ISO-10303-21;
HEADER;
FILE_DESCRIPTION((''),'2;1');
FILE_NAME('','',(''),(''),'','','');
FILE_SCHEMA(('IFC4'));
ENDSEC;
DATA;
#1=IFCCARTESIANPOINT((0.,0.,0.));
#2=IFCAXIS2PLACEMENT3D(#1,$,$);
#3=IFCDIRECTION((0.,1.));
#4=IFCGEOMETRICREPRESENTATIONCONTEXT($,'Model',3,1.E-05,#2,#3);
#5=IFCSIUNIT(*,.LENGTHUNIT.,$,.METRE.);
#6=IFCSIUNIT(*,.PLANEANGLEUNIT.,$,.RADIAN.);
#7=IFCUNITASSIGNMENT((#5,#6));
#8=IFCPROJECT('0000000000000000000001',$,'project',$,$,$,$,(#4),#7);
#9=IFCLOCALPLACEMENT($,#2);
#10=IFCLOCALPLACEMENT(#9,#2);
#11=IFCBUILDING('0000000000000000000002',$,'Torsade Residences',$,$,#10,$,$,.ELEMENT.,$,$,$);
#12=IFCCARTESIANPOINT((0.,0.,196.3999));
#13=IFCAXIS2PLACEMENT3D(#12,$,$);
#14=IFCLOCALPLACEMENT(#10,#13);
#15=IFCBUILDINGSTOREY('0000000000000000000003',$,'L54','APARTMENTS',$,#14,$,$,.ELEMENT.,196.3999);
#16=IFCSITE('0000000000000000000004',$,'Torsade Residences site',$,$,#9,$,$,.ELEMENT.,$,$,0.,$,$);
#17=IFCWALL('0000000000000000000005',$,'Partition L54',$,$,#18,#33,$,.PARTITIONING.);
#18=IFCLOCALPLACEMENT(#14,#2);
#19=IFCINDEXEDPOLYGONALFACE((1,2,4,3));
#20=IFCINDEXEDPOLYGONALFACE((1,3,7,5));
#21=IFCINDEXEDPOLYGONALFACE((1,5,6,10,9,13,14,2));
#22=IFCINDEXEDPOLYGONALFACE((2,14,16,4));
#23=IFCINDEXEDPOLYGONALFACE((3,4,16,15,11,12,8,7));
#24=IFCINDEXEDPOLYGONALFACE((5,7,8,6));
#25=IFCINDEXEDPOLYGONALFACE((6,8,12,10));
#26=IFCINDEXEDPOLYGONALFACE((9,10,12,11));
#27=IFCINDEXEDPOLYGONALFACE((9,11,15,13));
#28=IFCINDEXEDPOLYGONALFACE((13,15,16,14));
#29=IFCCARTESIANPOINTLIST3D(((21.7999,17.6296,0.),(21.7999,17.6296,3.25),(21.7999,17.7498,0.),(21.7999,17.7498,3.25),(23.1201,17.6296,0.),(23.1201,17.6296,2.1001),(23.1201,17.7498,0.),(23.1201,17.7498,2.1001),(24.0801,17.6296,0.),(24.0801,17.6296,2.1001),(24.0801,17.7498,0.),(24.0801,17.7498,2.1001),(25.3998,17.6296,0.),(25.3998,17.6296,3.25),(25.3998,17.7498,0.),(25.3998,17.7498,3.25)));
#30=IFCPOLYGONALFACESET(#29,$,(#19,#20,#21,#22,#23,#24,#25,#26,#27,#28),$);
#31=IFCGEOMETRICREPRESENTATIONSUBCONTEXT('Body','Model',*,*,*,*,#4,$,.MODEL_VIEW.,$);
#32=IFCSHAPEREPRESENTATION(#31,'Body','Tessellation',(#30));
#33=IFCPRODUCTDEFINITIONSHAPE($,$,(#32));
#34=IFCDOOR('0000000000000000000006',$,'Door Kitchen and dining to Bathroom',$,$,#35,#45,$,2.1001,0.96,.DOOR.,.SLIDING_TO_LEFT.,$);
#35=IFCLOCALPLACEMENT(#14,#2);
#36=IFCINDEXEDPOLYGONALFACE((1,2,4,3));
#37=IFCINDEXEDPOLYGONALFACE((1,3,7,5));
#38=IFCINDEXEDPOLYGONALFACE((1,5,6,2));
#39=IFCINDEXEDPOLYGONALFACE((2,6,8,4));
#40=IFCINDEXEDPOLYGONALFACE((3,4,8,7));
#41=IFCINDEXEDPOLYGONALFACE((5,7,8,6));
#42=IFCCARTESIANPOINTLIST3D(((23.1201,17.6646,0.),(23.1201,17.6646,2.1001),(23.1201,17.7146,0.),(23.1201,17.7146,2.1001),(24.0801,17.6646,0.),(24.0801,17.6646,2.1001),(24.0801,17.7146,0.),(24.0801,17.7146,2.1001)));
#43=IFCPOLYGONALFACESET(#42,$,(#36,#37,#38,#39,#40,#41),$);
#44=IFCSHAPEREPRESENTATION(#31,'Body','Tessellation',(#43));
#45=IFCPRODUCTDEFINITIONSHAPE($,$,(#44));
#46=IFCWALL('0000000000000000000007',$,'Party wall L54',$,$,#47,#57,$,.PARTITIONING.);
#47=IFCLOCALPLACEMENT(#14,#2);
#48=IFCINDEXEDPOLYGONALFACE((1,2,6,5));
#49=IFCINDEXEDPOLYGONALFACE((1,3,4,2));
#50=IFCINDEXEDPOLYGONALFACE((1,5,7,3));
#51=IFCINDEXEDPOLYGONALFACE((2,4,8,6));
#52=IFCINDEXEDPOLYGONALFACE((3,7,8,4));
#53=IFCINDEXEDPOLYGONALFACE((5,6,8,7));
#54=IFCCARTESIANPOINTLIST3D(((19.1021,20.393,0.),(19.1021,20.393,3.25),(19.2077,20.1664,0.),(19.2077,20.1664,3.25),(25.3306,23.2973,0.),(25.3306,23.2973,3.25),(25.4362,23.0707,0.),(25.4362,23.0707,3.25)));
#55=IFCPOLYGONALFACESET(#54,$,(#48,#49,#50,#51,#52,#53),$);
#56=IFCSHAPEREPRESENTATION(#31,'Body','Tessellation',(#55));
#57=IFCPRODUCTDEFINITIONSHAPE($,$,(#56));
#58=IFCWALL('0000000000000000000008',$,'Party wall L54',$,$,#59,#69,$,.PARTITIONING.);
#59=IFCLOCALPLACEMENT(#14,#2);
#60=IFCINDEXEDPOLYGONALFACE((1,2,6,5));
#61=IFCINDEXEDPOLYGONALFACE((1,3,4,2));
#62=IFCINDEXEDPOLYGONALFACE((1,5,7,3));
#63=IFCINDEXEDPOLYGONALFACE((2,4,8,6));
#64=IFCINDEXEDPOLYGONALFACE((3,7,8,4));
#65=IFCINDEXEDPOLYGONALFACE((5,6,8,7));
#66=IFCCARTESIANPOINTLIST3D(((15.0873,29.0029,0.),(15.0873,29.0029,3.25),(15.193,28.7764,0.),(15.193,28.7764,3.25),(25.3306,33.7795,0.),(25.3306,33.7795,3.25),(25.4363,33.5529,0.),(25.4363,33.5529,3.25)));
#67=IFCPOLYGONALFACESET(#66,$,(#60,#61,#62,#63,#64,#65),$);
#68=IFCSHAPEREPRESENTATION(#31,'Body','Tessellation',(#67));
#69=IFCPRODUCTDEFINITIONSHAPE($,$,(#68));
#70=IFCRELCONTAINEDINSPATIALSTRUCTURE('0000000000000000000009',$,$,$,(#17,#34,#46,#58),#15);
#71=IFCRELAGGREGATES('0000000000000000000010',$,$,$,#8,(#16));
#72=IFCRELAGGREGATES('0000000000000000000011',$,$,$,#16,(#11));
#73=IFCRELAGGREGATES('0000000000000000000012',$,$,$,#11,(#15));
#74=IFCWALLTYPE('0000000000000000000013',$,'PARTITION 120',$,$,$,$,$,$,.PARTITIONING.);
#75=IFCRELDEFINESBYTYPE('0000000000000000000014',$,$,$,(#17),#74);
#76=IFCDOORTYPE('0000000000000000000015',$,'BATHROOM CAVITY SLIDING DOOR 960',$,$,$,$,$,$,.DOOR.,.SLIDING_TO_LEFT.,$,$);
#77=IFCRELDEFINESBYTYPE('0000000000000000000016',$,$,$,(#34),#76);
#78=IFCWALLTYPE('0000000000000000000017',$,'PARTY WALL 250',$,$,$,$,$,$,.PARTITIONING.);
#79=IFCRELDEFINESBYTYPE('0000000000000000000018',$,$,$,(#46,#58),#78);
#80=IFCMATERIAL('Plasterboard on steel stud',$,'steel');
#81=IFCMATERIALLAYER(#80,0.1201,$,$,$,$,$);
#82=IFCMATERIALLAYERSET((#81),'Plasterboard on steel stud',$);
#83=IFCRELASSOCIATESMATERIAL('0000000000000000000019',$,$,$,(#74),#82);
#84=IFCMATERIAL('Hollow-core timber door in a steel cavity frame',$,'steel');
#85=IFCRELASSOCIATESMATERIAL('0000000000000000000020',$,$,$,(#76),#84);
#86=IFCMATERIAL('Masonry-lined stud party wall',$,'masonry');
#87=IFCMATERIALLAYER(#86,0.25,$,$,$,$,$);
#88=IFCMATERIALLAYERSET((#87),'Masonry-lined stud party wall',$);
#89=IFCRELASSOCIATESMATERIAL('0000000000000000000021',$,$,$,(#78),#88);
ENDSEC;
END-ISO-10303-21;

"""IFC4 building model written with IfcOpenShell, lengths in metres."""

from ifc_helpers import new_model, si_unit, direction, frame, frame_2d, origin, place, context, subcontext, project, spatial, rectangle, extrude, material, layer, layer_set, type_object, element, fill, save


model = new_model("IFC4")

# Units and contexts
model_context = context("Model", 3, precision=1e-05, world=origin(), true_north=direction((0.0, 1.0)))
body_context = subcontext(model_context, "Body", "Model", "MODEL_VIEW")
ifc_project = project(units=[si_unit("LENGTHUNIT", "METRE"), si_unit("PLANEANGLEUNIT", "RADIAN")], contexts=[model_context])

# Site, building, storey
site_placement = place(None, origin())
site = spatial("IfcSite", under=ifc_project, at=site_placement, Name="Torsade Residences site", CompositionType="ELEMENT", RefElevation=0.0)
building_placement = place(site_placement, origin())
building = spatial("IfcBuilding", under=site, at=building_placement, Name="Torsade Residences", CompositionType="ELEMENT")
storey_placement = place(building_placement, frame((0.0, 0.0, 196.3999)))
storey = spatial("IfcBuildingStorey", under=building, at=storey_placement, Name="L54", Description="APARTMENTS", CompositionType="ELEMENT", Elevation=196.3999)

# Wall, opening, door
ifc_material_1 = material(Name="Plasterboard on steel stud", Category="steel")
ifc_layer_1 = layer(ifc_material_1, 0.1201)
ifc_layer_set_1 = layer_set([ifc_layer_1], Name="Plasterboard on steel stud")
wall_type_1 = type_object("IfcWallType", Name="PARTITION 120", PredefinedType="PARTITIONING", material=ifc_layer_set_1)
ifc_material_2 = material(Name="Hollow-core timber door in a steel cavity frame", Category="steel")
door_type_1 = type_object("IfcDoorType", Name="BATHROOM CAVITY SLIDING DOOR 960", OperationType="SLIDING_TO_LEFT", PredefinedType="DOOR", material=ifc_material_2)
wall_1_placement = place(storey_placement, frame((21.8, 17.6897, 0.0), z_axis=(0.0, 0.0, 1.0), x_axis=(1.0, 0.0, 0.0)))
wall_1 = element("IfcWall", 1, at=wall_1_placement, inside=storey, type_object=wall_type_1, Name="Partition L54", PredefinedType="PARTITIONING", context=body_context, shape_type="SweptSolid", body=[
    extrude(rectangle(XDim=3.5999, YDim=0.1201, at=frame_2d((1.7998, 0.0))), origin(), (0.0, 0.0, 1.0), 3.25),
])
opening_1_placement = place(wall_1_placement, frame((1.3201, 0.0, 0.0)))
opening_1 = element("IfcOpeningElement", 2, at=opening_1_placement, cuts=wall_1, PredefinedType="OPENING", context=body_context, shape_type="SweptSolid", body=[
    extrude(rectangle(XDim=0.96, YDim=2.1001, at=frame_2d((0.48, 1.05))), frame((0.0, 0.0701, 0.0), z_axis=(0.0, -1.0, 0.0), x_axis=(1.0, 0.0, 0.0)), (0.0, 0.0, 1.0), 0.1401),
])
door_1_placement = place(opening_1_placement, origin())
door_1 = element("IfcDoor", 3, at=door_1_placement, inside=storey, type_object=door_type_1, Name="Door Kitchen and dining to Bathroom", OperationType="SLIDING_TO_LEFT", OverallHeight=2.1001, OverallWidth=0.96, PredefinedType="DOOR", context=body_context, shape_type="SweptSolid", body=[
    extrude(rectangle(XDim=0.96, YDim=2.1001, at=frame_2d((0.48, 1.05))), frame((0.0, 0.0249, 0.0), z_axis=(0.0, -1.0, 0.0), x_axis=(1.0, 0.0, 0.0)), (0.0, 0.0, 1.0), 0.05),
])
fill(opening_1, door_1)

# Walls
ifc_material_3 = material(Name="Masonry-lined stud party wall", Category="masonry")
ifc_layer_2 = layer(ifc_material_3, 0.25)
ifc_layer_set_2 = layer_set([ifc_layer_2], Name="Masonry-lined stud party wall")
wall_type_2 = type_object("IfcWallType", Name="PARTY WALL 250", PredefinedType="PARTITIONING", material=ifc_layer_set_2)
wall_2_placement = place(storey_placement, frame((19.155, 20.2798, 0.0), z_axis=(0.0, 0.0, 1.0), x_axis=(0.906314, 0.422605, 0.0)))
element("IfcWall", 4, at=wall_2_placement, inside=storey, type_object=wall_type_2, Name="Party wall L54", PredefinedType="PARTITIONING", context=body_context, shape_type="SweptSolid", body=[
    extrude(rectangle(XDim=6.8723, YDim=0.25, at=frame_2d((3.436, 0.0))), origin(), (0.0, 0.0, 1.0), 3.25),
])
wall_3_placement = place(storey_placement, frame((15.1401, 28.8896, 0.0), z_axis=(0.0, 0.0, 1.0), x_axis=(0.906307, 0.422621, 0.0)))
element("IfcWall", 5, at=wall_3_placement, inside=storey, type_object=wall_type_2, Name="Party wall L54", PredefinedType="PARTITIONING", context=body_context, shape_type="SweptSolid", body=[
    extrude(rectangle(XDim=11.3022, YDim=0.25, at=frame_2d((5.6511, 0.0))), origin(), (0.0, 0.0, 1.0), 3.25),
])

save(model, "model.ifc")
